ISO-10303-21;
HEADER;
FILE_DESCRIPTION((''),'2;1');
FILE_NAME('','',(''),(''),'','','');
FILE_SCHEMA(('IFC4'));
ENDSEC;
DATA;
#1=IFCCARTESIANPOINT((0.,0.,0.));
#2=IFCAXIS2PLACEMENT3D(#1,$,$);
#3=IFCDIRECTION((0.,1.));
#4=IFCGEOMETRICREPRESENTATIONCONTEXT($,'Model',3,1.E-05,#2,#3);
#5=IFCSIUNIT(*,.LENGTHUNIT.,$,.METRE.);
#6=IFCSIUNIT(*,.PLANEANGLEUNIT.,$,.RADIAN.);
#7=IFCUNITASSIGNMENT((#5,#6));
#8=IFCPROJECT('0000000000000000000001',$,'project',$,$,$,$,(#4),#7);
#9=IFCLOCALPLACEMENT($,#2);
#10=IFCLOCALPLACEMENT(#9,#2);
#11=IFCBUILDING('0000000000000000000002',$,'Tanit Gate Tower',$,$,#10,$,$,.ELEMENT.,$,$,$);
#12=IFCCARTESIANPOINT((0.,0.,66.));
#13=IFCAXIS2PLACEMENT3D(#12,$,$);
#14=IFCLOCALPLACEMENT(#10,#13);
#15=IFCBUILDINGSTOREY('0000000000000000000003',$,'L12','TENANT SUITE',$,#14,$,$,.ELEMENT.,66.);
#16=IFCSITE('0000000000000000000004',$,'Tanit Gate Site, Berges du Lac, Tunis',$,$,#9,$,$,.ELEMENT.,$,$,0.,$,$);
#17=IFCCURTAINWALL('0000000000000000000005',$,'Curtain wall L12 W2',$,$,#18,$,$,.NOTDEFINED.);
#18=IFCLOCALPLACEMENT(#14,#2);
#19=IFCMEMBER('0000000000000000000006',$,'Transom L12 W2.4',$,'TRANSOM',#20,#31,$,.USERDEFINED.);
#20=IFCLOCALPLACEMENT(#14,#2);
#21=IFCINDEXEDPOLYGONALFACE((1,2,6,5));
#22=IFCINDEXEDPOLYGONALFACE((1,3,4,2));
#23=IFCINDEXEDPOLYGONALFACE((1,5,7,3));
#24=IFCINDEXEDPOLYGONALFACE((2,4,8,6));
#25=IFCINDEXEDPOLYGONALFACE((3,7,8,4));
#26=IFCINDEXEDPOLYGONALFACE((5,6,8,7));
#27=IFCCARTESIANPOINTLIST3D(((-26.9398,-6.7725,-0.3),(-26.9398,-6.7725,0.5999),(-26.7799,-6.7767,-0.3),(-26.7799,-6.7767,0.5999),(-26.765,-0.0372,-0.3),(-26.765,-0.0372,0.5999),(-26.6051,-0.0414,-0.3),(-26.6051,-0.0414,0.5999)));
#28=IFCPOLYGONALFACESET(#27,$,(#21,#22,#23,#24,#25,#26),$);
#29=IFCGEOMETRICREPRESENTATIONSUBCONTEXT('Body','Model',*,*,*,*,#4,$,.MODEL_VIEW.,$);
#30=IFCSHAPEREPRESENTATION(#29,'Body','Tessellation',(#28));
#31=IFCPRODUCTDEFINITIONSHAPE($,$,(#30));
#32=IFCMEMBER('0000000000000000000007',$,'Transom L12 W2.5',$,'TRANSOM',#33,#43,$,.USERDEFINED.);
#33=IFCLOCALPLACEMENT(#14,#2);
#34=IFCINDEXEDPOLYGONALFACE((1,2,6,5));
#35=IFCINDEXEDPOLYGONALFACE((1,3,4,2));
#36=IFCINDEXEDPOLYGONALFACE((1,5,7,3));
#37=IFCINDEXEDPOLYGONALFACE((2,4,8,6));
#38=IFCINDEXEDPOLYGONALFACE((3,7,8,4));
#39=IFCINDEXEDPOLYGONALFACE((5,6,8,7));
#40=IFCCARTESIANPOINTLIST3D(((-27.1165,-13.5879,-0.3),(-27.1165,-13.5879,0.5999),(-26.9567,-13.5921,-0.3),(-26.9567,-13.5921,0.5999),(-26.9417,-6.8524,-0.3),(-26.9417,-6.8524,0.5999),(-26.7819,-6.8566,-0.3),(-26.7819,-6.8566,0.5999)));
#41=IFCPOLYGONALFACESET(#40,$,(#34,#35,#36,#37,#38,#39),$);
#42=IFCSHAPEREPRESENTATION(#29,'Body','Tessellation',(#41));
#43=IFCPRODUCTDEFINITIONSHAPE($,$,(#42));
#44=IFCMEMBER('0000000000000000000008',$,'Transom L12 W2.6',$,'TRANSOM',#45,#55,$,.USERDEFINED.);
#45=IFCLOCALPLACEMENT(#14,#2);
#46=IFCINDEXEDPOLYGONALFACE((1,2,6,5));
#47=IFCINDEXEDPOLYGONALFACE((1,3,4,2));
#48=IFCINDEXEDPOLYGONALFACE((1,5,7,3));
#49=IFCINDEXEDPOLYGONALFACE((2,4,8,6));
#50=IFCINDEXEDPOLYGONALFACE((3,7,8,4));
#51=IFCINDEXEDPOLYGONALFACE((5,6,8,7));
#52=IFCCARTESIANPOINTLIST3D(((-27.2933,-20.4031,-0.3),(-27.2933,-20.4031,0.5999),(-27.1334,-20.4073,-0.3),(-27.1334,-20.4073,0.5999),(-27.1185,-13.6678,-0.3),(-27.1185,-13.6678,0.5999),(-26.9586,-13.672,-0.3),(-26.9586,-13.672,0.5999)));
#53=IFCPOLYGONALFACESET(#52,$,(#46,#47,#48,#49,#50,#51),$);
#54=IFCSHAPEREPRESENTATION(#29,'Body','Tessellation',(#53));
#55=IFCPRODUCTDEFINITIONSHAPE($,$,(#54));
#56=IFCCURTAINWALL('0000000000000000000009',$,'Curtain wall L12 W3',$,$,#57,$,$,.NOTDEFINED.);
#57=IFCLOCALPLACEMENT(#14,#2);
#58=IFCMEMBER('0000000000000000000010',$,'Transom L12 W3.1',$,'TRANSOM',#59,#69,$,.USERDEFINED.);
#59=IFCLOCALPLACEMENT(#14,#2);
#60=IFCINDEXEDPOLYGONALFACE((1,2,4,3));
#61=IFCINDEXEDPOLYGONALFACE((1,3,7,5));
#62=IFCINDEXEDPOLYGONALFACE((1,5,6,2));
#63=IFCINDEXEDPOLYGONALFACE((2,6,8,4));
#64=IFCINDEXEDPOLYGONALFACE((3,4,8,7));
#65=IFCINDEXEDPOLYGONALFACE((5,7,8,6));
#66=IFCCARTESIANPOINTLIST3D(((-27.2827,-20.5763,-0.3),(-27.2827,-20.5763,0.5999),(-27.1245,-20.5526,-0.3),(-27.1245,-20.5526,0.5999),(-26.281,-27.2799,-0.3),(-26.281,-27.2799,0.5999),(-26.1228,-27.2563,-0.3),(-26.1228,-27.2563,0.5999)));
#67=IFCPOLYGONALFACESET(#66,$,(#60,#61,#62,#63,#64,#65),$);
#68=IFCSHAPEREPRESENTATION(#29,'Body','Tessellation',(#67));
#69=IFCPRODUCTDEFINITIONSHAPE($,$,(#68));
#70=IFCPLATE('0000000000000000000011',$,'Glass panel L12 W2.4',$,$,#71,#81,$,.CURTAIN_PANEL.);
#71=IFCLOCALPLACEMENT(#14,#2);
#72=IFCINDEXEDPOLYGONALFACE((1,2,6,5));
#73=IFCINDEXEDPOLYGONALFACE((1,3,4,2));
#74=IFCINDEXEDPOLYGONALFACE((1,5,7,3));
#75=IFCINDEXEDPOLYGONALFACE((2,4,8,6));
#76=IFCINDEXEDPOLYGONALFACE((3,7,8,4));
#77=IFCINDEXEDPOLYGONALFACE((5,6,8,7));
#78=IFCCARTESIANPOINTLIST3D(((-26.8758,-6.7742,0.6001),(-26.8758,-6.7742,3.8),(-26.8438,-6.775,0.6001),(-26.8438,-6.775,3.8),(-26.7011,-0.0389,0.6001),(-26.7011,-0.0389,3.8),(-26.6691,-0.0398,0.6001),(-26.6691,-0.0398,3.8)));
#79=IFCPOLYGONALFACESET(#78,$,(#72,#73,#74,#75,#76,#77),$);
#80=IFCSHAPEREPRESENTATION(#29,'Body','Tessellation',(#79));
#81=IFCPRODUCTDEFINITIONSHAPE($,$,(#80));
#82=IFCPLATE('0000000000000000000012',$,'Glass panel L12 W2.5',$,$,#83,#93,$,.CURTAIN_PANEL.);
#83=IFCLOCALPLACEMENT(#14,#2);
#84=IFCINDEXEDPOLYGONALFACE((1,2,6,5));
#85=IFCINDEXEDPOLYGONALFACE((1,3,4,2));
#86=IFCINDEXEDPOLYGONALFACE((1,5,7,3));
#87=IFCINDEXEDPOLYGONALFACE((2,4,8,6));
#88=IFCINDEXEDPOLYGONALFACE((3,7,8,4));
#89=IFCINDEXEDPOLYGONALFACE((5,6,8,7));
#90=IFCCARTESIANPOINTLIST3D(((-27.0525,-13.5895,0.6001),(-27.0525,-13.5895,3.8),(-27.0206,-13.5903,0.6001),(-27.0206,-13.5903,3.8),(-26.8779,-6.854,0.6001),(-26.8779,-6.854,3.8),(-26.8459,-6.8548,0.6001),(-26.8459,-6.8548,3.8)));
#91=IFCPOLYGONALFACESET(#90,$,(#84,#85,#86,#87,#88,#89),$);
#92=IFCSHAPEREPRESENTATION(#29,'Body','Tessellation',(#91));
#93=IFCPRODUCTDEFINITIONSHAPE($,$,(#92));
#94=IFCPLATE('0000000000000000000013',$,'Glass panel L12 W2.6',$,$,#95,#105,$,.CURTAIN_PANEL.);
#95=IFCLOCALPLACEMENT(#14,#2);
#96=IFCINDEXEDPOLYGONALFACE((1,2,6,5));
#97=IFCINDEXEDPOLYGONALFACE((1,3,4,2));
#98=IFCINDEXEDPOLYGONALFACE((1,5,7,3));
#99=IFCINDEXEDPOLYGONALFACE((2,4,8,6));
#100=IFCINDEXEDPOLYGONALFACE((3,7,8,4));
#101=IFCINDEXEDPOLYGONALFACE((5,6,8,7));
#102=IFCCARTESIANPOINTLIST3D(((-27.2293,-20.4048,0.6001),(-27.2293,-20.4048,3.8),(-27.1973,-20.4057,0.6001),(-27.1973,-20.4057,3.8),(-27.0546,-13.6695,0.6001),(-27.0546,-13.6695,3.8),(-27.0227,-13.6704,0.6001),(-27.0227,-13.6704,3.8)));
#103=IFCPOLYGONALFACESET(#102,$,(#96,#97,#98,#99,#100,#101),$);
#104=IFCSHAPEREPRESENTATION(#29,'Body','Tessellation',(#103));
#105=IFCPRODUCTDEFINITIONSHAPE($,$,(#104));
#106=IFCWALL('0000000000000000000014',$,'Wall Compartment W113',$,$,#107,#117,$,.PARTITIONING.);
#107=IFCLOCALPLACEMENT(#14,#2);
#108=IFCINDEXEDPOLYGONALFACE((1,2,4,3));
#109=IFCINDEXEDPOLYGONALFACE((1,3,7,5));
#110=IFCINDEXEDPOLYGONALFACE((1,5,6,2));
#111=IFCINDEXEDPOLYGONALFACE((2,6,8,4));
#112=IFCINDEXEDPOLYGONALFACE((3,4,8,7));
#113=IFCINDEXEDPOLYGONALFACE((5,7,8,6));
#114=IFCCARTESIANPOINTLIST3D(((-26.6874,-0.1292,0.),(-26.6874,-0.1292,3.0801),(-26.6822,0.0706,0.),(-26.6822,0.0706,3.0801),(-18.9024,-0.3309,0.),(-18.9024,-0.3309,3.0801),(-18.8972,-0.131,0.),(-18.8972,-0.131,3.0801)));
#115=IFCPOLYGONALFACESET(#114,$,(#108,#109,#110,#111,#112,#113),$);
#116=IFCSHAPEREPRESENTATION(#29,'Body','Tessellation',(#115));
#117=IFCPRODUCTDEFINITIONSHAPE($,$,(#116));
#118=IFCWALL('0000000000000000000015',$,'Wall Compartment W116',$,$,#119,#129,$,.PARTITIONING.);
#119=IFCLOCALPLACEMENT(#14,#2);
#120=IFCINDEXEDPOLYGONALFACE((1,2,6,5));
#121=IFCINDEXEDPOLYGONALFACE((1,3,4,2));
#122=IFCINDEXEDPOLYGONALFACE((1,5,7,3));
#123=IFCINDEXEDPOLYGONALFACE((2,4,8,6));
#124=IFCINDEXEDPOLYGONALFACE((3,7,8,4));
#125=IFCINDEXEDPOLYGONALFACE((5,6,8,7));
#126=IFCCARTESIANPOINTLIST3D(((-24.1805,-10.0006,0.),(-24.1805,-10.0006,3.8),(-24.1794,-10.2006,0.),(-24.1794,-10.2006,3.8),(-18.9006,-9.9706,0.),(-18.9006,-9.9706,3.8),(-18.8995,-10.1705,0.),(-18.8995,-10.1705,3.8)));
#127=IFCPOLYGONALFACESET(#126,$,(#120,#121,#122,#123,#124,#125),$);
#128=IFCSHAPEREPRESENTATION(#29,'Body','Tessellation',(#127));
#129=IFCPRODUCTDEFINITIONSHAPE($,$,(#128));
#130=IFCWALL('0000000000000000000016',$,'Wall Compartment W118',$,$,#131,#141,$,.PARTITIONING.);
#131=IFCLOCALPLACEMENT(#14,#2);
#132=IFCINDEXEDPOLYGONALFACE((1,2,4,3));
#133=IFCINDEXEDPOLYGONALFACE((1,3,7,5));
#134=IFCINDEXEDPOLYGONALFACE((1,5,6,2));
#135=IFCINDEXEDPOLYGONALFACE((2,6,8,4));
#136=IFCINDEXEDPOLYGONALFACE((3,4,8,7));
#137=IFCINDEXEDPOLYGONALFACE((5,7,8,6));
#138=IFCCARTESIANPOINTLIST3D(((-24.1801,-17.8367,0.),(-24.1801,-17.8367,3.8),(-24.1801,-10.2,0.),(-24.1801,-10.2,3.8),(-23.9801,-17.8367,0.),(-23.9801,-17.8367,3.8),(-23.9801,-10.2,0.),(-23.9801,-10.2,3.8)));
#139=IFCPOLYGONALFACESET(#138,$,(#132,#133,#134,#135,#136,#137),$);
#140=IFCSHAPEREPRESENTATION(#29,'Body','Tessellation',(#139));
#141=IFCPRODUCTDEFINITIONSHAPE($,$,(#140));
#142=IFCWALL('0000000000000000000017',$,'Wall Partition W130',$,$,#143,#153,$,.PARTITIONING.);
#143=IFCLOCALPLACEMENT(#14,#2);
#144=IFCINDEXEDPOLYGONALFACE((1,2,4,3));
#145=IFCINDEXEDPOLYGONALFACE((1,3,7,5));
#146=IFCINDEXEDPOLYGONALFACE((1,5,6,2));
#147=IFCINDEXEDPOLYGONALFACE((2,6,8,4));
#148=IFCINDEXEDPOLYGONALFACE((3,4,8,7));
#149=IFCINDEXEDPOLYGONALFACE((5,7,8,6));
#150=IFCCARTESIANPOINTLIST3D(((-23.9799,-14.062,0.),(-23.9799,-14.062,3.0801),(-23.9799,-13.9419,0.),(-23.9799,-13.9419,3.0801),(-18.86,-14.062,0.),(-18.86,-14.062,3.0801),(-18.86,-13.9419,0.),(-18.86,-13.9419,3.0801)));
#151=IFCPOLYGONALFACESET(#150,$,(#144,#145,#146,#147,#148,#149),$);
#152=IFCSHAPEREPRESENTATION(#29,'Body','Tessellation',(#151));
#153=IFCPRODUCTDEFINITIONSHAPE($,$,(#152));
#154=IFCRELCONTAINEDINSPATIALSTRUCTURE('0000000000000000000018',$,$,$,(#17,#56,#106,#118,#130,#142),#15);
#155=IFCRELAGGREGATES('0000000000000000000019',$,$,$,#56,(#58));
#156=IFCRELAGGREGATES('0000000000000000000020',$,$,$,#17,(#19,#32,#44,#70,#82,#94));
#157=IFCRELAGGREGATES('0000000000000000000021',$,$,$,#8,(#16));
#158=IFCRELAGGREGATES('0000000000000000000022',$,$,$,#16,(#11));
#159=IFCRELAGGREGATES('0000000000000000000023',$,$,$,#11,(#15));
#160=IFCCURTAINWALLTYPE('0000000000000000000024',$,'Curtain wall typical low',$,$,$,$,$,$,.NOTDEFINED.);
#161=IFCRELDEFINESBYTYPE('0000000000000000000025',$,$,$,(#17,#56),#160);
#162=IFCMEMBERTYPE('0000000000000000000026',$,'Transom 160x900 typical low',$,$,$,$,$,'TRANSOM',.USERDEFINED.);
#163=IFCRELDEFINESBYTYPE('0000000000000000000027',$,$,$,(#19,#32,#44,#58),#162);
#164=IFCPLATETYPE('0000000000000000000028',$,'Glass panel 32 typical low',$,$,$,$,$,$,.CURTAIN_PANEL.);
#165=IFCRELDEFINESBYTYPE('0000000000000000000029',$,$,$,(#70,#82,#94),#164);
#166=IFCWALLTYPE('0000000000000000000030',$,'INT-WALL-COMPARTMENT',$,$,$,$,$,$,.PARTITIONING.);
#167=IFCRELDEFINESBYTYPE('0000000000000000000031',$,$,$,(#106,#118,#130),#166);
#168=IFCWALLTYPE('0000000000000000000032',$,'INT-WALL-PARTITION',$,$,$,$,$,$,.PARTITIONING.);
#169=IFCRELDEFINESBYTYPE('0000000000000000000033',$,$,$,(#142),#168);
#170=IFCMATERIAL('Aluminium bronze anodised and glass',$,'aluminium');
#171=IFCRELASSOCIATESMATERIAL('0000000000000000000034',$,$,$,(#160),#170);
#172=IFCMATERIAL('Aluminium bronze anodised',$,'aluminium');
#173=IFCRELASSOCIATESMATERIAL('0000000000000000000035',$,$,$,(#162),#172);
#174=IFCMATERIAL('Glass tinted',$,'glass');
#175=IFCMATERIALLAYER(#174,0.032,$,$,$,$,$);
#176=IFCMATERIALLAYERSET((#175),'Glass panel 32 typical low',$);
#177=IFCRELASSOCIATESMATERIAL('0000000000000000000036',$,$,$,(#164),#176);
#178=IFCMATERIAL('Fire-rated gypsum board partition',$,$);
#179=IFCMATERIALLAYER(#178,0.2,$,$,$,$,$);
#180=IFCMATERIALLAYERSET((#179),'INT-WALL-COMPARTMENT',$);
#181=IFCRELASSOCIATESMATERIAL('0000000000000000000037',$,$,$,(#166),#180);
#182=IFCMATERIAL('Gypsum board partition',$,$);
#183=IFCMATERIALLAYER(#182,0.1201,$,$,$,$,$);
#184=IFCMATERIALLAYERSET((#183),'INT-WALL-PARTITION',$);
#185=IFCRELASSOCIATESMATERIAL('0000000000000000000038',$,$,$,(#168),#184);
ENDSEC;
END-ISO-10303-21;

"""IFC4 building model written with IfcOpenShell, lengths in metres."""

from ifc_helpers import new_model, si_unit, direction, frame, frame_2d, origin, origin_2d, place, context, subcontext, project, spatial, rectangle, extrude, material, layer, layer_set, material_profile, profile_set, type_object, element, aggregate, save


model = new_model("IFC4")

# Units and contexts
model_context = context("Model", 3, precision=1e-05, world=origin(), true_north=direction((0.0, 1.0)))
body_context = subcontext(model_context, "Body", "Model", "MODEL_VIEW")
ifc_project = project(units=[si_unit("LENGTHUNIT", "METRE"), si_unit("PLANEANGLEUNIT", "RADIAN")], contexts=[model_context])

# Site, building, storey
site_placement = place(None, origin())
site = spatial("IfcSite", under=ifc_project, at=site_placement, Name="Tanit Gate Site, Berges du Lac, Tunis", CompositionType="ELEMENT", RefElevation=0.0)
building_placement = place(site_placement, origin())
building = spatial("IfcBuilding", under=site, at=building_placement, Name="Tanit Gate Tower", CompositionType="ELEMENT")
storey_placement = place(building_placement, frame((0.0, 0.0, 66.0)))
storey = spatial("IfcBuildingStorey", under=building, at=storey_placement, Name="L12", Description="TENANT SUITE", CompositionType="ELEMENT", Elevation=66.0)

# Curtain wall
ifc_material_1 = material(Name="Aluminium bronze anodised and glass", Category="aluminium")
curtain_wall_type = type_object("IfcCurtainWallType", Name="Curtain wall typical low", PredefinedType="NOTDEFINED", material=ifc_material_1)
curtain_wall_1_placement = place(storey_placement, origin())
curtain_wall_1 = element("IfcCurtainWall", 1, at=curtain_wall_1_placement, inside=storey, type_object=curtain_wall_type, Name="Curtain wall L12 W2", PredefinedType="NOTDEFINED")

# Members
ifc_material_2 = material(Name="Aluminium bronze anodised", Category="aluminium")
ifc_material_profile_1 = material_profile(ifc_material_2, rectangle(XDim=0.1599, YDim=0.8999, at=origin_2d()), Name="160x900 bronze transom")
ifc_profile_set_1 = profile_set([ifc_material_profile_1], Name="Aluminium bronze anodised")
member_type_1 = type_object("IfcMemberType", Name="Transom 160x900 typical low", ElementType="TRANSOM", PredefinedType="USERDEFINED", material=ifc_profile_set_1)
member_1_placement = place(storey_placement, frame((-26.6851, -0.0393, 0.1499), z_axis=(-0.025945, -0.999663, 0.0), x_axis=(0.999663, -0.025945, 0.0)))
member_1 = element("IfcMember", 2, at=member_1_placement, type_object=member_type_1, Name="Transom L12 W2.4", ObjectType="TRANSOM", PredefinedType="USERDEFINED", context=body_context, shape_type="SweptSolid", body=[
    extrude(rectangle(XDim=0.1599, YDim=0.8999, at=origin_2d()), origin(), (0.0, 0.0, 1.0), 6.7375),
])
member_2_placement = place(storey_placement, frame((-26.8618, -6.8545, 0.1499), z_axis=(-0.025944, -0.999663, 0.0), x_axis=(0.999663, -0.025944, 0.0)))
member_2 = element("IfcMember", 3, at=member_2_placement, type_object=member_type_1, Name="Transom L12 W2.5", ObjectType="TRANSOM", PredefinedType="USERDEFINED", context=body_context, shape_type="SweptSolid", body=[
    extrude(rectangle(XDim=0.1599, YDim=0.8999, at=origin_2d()), origin(), (0.0, 0.0, 1.0), 6.7378),
])
member_3_placement = place(storey_placement, frame((-27.0386, -13.6699, 0.1499), z_axis=(-0.025945, -0.999663, 0.0), x_axis=(0.999663, -0.025945, 0.0)))
member_3 = element("IfcMember", 4, at=member_3_placement, type_object=member_type_1, Name="Transom L12 W2.6", ObjectType="TRANSOM", PredefinedType="USERDEFINED", context=body_context, shape_type="SweptSolid", body=[
    extrude(rectangle(XDim=0.1599, YDim=0.8999, at=origin_2d()), origin(), (0.0, 0.0, 1.0), 6.7375),
])

# Curtain wall, member
curtain_wall_2_placement = place(storey_placement, origin())
curtain_wall_2 = element("IfcCurtainWall", 5, at=curtain_wall_2_placement, inside=storey, type_object=curtain_wall_type, Name="Curtain wall L12 W3", PredefinedType="NOTDEFINED")
member_4_placement = place(storey_placement, frame((-27.2036, -20.5645, 0.1499), z_axis=(0.147787, -0.989019, 0.0), x_axis=(0.989019, 0.147787, 0.0)))
member_4 = element("IfcMember", 6, at=member_4_placement, type_object=member_type_1, Name="Transom L12 W3.1", ObjectType="TRANSOM", PredefinedType="USERDEFINED", context=body_context, shape_type="SweptSolid", body=[
    extrude(rectangle(XDim=0.1599, YDim=0.8999, at=origin_2d()), origin(), (0.0, 0.0, 1.0), 6.7781),
])
aggregate(curtain_wall_2, [member_4])

# Plates
ifc_material_3 = material(Name="Glass tinted", Category="glass")
ifc_layer_1 = layer(ifc_material_3, 0.032)
ifc_layer_set_1 = layer_set([ifc_layer_1], Name="Glass panel 32 typical low")
plate_type = type_object("IfcPlateType", Name="Glass panel 32 typical low", PredefinedType="CURTAIN_PANEL", material=ifc_layer_set_1)
plate_1_placement = place(storey_placement, frame((-26.7725, -3.407, 0.6001), z_axis=(0.0, 0.0, 1.0), x_axis=(-0.025924, -0.999664, 0.0)))
plate_1 = element("IfcPlate", 7, at=plate_1_placement, type_object=plate_type, Name="Glass panel L12 W2.4", PredefinedType="CURTAIN_PANEL", context=body_context, shape_type="SweptSolid", body=[
    extrude(rectangle(XDim=6.7375, YDim=0.032, at=origin_2d()), origin(), (0.0, 0.0, 1.0), 3.2),
])
plate_2_placement = place(storey_placement, frame((-26.9492, -10.2222, 0.6001), z_axis=(0.0, 0.0, 1.0), x_axis=(-0.025924, -0.999664, 0.0)))
plate_2 = element("IfcPlate", 8, at=plate_2_placement, type_object=plate_type, Name="Glass panel L12 W2.5", PredefinedType="CURTAIN_PANEL", context=body_context, shape_type="SweptSolid", body=[
    extrude(rectangle(XDim=6.7378, YDim=0.032, at=origin_2d()), origin(), (0.0, 0.0, 1.0), 3.2),
])
plate_3_placement = place(storey_placement, frame((-27.126, -17.0376, 0.6001), z_axis=(0.0, 0.0, 1.0), x_axis=(-0.025924, -0.999664, 0.0)))
plate_3 = element("IfcPlate", 9, at=plate_3_placement, type_object=plate_type, Name="Glass panel L12 W2.6", PredefinedType="CURTAIN_PANEL", context=body_context, shape_type="SweptSolid", body=[
    extrude(rectangle(XDim=6.7375, YDim=0.032, at=origin_2d()), origin(), (0.0, 0.0, 1.0), 3.2),
])
aggregate(curtain_wall_1, [member_1, member_2, member_3, plate_1, plate_2, plate_3])

# Walls
ifc_material_4 = material(Name="Fire-rated gypsum board partition")
ifc_layer_2 = layer(ifc_material_4, 0.2)
ifc_layer_set_2 = layer_set([ifc_layer_2], Name="INT-WALL-COMPARTMENT")
wall_type_1 = type_object("IfcWallType", Name="INT-WALL-COMPARTMENT", PredefinedType="PARTITIONING", material=ifc_layer_set_2)
wall_1_placement = place(storey_placement, frame((-26.6848, -0.0293, 0.0), z_axis=(0.0, 0.0, 1.0), x_axis=(0.999665, -0.025895, 0.0)))
element("IfcWall", 10, at=wall_1_placement, inside=storey, type_object=wall_type_1, Name="Wall Compartment W113", PredefinedType="PARTITIONING", context=body_context, shape_type="SweptSolid", body=[
    extrude(rectangle(XDim=7.7876, YDim=0.2, at=frame_2d((3.8938, 0.0))), origin(), (0.0, 0.0, 1.0), 3.0801),
])
wall_2_placement = place(storey_placement, frame((-18.8999, -10.0706, 0.0), z_axis=(0.0, 0.0, 1.0), x_axis=(-0.999984, -0.005687, 0.0)))
element("IfcWall", 11, at=wall_2_placement, inside=storey, type_object=wall_type_1, Name="Wall Compartment W116", PredefinedType="PARTITIONING", context=body_context, shape_type="SweptSolid", body=[
    extrude(rectangle(XDim=5.28, YDim=0.2, at=frame_2d((2.6401, 0.0))), origin(), (0.0, 0.0, 1.0), 3.8),
])
wall_3_placement = place(storey_placement, frame((-24.0801, -17.8367, 0.0), z_axis=(0.0, 0.0, 1.0), x_axis=(0.0, 1.0, 0.0)))
element("IfcWall", 12, at=wall_3_placement, inside=storey, type_object=wall_type_1, Name="Wall Compartment W118", PredefinedType="PARTITIONING", context=body_context, shape_type="SweptSolid", body=[
    extrude(rectangle(XDim=7.6367, YDim=0.2, at=frame_2d((3.8184, 0.0))), origin(), (0.0, 0.0, 1.0), 3.8),
])
ifc_material_5 = material(Name="Gypsum board partition")
ifc_layer_3 = layer(ifc_material_5, 0.1201)
ifc_layer_set_3 = layer_set([ifc_layer_3], Name="INT-WALL-PARTITION")
wall_type_2 = type_object("IfcWallType", Name="INT-WALL-PARTITION", PredefinedType="PARTITIONING", material=ifc_layer_set_3)
wall_4_placement = place(storey_placement, frame((-23.98, -14.002, 0.0), z_axis=(0.0, 0.0, 1.0), x_axis=(1.0, 0.0, 0.0)))
element("IfcWall", 13, at=wall_4_placement, inside=storey, type_object=wall_type_2, Name="Wall Partition W130", PredefinedType="PARTITIONING", context=body_context, shape_type="SweptSolid", body=[
    extrude(rectangle(XDim=5.1199, YDim=0.1201, at=frame_2d((2.5601, 0.0))), origin(), (0.0, 0.0, 1.0), 3.0801),
])

save(model, "model.ifc")
